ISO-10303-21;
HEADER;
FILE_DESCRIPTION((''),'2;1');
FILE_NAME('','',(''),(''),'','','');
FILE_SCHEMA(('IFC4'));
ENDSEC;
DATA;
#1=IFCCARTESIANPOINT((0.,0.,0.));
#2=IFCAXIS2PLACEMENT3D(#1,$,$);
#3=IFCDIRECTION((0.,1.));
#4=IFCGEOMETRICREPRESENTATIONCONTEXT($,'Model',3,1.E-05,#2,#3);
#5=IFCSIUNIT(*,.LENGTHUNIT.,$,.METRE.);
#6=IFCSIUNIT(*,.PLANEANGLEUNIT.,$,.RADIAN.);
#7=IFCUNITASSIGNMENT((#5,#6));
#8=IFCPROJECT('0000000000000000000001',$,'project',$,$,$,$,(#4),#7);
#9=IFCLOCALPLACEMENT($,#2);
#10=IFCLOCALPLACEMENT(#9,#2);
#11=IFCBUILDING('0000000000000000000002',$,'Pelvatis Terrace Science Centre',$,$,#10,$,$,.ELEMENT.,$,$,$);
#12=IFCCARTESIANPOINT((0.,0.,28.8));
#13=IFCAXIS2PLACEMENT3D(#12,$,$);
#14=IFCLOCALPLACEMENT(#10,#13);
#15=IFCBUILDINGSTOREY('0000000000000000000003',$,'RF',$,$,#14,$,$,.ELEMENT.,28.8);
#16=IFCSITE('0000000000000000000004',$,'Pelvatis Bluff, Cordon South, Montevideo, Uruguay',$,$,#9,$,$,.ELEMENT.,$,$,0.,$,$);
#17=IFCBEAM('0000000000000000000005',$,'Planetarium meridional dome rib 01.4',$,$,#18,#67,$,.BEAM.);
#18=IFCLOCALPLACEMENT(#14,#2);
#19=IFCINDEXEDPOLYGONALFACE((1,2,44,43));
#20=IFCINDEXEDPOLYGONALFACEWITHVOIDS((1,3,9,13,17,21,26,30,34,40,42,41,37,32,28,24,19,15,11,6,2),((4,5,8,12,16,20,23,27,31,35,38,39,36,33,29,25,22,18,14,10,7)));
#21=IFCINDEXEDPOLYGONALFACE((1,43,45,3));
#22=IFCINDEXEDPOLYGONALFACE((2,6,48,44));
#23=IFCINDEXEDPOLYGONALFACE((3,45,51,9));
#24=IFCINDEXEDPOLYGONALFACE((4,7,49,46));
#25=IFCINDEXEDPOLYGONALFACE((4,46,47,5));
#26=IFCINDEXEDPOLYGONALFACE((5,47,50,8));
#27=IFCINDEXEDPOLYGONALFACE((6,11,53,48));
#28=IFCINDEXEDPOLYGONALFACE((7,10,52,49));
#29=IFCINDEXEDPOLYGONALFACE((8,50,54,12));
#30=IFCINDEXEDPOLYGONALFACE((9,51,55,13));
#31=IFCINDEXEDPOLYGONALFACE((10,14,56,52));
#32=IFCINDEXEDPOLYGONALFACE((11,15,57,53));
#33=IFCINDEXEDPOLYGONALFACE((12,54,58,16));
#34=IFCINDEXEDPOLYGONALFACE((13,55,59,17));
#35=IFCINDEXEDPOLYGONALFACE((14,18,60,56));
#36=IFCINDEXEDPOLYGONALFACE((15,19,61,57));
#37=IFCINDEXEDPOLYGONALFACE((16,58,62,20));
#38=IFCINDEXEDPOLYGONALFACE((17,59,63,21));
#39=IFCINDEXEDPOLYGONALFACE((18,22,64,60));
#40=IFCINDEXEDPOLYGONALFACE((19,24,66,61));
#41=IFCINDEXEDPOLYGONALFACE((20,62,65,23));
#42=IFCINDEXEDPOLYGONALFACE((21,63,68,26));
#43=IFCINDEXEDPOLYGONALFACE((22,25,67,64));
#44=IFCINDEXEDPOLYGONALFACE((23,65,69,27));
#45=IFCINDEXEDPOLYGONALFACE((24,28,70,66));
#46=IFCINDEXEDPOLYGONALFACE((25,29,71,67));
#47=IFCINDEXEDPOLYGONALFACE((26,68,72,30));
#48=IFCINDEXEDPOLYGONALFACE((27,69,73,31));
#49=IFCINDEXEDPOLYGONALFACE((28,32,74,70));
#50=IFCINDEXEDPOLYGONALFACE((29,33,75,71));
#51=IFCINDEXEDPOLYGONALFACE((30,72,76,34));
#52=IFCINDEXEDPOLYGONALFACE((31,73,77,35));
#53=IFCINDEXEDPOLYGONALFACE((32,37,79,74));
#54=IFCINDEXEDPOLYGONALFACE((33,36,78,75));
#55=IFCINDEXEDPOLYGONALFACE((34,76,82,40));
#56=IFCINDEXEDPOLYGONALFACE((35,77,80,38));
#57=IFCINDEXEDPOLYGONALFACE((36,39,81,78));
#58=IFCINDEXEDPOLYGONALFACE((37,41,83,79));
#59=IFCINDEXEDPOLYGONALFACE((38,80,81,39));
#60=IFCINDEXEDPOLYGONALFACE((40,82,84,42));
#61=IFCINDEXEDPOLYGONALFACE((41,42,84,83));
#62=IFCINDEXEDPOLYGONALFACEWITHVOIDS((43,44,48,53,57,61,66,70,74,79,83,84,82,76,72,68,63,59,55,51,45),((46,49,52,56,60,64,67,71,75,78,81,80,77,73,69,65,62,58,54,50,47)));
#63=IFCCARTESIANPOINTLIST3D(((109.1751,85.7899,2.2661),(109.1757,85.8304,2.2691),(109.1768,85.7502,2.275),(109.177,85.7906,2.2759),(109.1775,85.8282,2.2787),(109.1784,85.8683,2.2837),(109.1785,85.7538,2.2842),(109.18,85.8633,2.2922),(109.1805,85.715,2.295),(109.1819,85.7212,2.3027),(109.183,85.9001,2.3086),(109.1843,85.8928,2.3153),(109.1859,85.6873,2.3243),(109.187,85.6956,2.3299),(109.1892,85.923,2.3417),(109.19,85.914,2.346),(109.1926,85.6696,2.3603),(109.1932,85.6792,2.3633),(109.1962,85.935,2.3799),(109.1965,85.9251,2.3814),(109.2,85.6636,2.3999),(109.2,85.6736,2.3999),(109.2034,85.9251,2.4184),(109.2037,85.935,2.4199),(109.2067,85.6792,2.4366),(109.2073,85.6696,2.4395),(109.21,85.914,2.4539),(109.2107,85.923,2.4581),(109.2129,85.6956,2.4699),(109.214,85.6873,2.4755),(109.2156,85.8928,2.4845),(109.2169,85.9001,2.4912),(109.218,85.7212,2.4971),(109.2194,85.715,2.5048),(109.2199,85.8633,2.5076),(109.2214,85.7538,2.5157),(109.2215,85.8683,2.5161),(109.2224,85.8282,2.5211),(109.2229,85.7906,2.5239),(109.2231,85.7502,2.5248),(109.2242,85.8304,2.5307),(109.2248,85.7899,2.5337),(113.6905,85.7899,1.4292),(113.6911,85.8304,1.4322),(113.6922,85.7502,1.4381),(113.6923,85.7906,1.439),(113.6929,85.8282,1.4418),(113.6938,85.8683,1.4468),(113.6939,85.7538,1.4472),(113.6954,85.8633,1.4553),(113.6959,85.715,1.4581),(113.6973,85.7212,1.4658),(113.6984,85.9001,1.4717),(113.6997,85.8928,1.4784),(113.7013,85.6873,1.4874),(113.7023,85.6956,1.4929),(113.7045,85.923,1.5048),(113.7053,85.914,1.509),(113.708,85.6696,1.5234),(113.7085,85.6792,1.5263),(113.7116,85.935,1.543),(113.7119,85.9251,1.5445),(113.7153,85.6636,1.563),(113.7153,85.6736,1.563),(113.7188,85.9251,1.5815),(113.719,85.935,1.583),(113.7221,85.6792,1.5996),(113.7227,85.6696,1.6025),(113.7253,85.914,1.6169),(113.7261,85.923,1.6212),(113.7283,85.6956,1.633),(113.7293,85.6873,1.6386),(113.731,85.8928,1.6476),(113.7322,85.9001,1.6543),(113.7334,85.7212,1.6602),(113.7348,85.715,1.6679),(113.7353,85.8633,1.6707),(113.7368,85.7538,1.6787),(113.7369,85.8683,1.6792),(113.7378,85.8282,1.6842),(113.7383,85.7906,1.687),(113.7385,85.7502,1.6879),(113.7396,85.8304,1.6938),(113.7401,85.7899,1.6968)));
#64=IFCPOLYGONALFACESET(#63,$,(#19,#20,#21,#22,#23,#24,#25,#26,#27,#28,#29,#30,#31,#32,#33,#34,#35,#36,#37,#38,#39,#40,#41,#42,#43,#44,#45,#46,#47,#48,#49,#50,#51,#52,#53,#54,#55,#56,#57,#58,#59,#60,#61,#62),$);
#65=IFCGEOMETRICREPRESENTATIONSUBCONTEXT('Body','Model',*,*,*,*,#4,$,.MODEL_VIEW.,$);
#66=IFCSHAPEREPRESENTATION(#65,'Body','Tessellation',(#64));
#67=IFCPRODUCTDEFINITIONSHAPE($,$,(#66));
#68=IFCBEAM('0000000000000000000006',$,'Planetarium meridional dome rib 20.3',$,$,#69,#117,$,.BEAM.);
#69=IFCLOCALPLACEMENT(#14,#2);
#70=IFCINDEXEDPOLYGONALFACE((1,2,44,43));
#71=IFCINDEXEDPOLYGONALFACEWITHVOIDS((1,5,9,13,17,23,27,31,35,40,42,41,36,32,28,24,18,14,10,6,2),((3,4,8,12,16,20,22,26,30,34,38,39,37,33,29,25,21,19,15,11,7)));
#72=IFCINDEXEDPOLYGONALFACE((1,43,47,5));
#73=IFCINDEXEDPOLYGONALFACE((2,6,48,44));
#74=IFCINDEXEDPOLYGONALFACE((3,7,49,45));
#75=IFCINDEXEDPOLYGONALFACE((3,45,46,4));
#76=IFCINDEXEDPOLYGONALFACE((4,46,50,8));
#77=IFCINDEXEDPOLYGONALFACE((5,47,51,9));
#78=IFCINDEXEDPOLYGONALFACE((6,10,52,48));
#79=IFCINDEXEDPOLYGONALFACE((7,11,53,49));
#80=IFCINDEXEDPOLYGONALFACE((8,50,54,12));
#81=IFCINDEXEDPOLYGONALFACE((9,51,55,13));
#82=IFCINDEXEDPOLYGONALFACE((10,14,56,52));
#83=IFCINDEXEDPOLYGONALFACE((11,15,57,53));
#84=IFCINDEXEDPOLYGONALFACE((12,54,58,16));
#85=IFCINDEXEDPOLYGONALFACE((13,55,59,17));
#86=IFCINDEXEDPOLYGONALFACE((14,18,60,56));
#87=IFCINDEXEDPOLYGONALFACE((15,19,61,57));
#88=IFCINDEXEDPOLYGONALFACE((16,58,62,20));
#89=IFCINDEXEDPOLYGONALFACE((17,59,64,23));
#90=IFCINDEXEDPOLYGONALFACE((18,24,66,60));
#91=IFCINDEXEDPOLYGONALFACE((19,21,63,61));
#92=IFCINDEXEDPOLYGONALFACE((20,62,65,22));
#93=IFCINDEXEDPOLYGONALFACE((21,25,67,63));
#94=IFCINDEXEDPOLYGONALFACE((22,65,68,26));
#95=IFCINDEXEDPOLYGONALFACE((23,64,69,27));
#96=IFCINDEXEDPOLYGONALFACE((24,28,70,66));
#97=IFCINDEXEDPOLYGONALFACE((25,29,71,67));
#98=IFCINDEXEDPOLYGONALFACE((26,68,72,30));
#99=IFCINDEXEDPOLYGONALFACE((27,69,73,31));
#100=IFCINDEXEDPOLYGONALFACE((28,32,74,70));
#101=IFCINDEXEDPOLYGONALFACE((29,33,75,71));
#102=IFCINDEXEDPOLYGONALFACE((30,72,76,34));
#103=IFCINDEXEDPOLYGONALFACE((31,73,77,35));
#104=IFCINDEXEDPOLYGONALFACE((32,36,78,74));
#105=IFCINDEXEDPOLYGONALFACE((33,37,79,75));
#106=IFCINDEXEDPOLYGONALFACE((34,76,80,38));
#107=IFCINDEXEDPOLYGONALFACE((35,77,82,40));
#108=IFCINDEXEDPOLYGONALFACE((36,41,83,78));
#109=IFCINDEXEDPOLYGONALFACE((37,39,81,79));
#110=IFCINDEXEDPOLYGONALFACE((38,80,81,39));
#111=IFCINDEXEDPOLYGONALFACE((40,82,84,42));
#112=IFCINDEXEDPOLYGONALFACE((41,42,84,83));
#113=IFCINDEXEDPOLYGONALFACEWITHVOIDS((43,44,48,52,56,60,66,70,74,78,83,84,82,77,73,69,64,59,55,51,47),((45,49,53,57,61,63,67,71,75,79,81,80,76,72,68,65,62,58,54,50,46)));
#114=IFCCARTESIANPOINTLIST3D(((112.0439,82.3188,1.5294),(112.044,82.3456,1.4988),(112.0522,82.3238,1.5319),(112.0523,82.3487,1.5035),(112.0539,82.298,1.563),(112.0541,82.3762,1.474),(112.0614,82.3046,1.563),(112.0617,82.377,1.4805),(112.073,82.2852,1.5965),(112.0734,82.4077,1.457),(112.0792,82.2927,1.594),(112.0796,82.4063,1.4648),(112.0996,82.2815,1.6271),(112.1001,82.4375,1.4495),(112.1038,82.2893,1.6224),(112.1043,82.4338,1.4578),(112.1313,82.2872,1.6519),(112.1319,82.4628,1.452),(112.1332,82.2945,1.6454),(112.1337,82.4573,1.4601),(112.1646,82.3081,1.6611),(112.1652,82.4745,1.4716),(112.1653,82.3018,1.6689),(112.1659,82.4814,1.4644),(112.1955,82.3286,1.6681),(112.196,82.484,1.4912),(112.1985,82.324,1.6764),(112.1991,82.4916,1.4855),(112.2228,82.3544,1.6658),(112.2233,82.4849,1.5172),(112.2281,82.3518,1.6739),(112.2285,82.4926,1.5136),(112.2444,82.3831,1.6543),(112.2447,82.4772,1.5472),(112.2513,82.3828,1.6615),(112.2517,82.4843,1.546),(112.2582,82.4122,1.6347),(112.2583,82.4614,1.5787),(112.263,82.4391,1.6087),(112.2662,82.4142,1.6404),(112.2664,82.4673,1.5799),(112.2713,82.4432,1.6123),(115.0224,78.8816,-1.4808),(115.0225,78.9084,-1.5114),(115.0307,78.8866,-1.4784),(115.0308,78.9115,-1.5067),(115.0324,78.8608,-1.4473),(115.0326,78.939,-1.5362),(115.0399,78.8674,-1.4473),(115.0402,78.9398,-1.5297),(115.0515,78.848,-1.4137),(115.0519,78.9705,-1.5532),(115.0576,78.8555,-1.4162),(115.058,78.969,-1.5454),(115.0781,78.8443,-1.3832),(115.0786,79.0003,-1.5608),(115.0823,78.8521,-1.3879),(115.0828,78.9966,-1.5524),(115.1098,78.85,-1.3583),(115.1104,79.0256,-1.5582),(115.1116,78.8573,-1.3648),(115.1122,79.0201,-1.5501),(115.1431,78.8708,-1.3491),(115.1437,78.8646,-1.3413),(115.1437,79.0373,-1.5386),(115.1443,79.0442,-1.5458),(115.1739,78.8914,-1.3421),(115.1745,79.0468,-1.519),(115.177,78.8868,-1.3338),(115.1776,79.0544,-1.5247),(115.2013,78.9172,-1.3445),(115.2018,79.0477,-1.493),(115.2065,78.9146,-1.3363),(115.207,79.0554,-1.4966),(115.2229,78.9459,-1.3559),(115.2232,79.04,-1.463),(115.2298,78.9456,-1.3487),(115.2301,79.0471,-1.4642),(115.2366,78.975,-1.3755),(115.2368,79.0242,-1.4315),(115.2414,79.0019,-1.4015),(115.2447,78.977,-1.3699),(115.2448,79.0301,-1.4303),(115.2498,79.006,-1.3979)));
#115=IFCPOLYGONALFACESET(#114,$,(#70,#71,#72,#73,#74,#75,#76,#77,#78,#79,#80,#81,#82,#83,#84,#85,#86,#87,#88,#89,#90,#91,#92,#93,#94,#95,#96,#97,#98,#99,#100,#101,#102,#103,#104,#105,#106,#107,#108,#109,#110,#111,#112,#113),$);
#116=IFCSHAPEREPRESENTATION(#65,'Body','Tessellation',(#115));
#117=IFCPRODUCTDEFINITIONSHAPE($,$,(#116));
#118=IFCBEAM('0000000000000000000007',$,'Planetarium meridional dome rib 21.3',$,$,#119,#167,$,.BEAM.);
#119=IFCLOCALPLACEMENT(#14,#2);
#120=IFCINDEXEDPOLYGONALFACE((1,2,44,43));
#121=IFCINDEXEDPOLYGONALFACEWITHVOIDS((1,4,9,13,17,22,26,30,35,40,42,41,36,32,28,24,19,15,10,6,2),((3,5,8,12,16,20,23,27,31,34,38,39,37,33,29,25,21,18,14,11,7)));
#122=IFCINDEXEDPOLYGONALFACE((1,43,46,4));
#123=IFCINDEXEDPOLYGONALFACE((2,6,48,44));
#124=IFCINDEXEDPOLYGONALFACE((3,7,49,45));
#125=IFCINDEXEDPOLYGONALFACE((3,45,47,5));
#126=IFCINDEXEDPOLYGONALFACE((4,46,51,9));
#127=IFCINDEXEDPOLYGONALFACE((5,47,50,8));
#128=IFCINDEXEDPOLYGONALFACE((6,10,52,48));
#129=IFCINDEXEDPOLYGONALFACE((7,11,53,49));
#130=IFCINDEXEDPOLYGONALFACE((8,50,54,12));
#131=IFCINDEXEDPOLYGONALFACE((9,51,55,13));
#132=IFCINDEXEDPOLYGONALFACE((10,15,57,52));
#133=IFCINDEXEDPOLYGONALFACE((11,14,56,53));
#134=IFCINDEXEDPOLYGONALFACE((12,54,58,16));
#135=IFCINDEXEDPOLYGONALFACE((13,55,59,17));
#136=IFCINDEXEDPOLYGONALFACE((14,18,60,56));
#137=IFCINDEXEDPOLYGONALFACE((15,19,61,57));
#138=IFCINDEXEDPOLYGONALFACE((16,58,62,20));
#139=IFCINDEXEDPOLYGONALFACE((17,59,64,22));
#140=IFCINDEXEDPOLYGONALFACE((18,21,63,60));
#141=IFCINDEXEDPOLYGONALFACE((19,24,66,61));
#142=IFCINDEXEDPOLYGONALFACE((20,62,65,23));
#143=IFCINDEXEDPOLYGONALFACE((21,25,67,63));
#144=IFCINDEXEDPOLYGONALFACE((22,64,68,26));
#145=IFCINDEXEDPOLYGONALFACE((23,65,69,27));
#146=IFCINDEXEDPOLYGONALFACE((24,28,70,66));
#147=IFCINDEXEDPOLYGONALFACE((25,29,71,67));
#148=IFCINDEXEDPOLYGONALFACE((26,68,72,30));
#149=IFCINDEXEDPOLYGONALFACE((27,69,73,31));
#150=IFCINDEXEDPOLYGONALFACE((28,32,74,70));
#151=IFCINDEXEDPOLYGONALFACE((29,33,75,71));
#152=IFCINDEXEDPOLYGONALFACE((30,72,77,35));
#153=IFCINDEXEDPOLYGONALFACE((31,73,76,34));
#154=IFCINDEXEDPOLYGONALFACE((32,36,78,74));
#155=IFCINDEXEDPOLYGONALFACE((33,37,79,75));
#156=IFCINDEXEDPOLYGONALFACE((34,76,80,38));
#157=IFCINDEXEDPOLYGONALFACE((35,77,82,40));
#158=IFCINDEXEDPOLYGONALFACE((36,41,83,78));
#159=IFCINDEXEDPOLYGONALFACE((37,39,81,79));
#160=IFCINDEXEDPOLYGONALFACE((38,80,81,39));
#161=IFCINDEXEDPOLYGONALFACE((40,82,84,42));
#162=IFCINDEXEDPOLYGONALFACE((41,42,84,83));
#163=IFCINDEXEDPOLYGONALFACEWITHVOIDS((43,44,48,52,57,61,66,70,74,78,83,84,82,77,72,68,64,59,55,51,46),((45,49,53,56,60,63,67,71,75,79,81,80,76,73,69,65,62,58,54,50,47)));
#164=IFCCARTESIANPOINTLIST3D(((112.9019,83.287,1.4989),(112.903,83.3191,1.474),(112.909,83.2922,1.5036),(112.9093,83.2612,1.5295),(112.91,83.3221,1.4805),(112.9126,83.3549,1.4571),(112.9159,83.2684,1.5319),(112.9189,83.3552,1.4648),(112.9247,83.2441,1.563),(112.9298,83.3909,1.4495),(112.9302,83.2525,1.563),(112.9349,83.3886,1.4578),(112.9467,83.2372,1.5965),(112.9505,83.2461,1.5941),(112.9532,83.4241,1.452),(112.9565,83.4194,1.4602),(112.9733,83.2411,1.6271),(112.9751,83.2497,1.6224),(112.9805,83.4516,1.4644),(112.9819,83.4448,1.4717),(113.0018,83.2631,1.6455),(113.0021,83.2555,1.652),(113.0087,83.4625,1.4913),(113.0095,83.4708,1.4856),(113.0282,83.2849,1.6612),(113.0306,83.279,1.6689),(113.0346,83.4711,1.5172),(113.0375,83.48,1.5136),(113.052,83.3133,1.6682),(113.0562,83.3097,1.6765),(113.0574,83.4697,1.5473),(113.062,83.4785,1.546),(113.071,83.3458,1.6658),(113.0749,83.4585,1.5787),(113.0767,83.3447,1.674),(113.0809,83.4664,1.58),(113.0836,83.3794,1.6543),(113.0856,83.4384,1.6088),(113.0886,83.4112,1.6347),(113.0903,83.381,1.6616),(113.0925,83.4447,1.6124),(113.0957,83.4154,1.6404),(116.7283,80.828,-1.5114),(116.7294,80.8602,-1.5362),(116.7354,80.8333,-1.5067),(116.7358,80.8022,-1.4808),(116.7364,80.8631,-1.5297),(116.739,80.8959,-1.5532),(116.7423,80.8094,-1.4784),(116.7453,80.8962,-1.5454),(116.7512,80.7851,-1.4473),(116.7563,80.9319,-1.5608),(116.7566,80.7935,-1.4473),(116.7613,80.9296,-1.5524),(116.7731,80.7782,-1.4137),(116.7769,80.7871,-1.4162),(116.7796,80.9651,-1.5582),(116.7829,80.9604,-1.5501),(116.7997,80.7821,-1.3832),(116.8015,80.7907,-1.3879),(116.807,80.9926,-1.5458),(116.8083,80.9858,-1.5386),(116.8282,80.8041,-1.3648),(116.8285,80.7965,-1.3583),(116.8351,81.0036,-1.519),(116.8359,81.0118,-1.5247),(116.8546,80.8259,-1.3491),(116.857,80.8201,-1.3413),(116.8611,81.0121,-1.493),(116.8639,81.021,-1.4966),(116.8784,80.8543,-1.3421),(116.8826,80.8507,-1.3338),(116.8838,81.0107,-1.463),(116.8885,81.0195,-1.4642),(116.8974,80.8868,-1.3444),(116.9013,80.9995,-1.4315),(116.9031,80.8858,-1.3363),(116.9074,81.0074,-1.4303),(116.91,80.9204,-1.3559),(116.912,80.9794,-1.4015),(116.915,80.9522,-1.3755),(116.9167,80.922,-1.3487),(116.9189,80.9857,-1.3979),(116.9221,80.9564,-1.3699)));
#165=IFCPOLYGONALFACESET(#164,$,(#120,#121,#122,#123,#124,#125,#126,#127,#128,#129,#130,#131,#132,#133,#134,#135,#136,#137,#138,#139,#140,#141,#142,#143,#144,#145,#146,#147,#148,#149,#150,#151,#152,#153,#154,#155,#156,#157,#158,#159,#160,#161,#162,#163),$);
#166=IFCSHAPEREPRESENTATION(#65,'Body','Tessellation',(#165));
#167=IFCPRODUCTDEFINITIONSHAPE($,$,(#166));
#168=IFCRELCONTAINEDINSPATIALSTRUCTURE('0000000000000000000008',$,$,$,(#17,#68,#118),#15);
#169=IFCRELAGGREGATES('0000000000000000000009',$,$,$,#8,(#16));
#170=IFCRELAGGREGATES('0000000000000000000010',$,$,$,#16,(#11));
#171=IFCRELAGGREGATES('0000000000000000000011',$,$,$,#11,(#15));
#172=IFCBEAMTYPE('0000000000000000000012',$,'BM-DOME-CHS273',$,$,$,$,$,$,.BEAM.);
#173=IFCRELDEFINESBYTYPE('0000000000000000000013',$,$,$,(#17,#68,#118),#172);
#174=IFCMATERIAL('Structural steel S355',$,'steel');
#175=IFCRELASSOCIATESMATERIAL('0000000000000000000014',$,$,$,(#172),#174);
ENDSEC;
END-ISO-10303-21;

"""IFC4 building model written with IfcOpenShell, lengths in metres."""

from ifc_helpers import new_model, si_unit, direction, frame, origin, origin_2d, place, context, subcontext, project, spatial, hollow_circle, extrude, material, material_profile, profile_set, type_object, element, save


model = new_model("IFC4")

# Units and contexts
model_context = context("Model", 3, precision=1e-05, world=origin(), true_north=direction((0.0, 1.0)))
body_context = subcontext(model_context, "Body", "Model", "MODEL_VIEW")
ifc_project = project(units=[si_unit("LENGTHUNIT", "METRE"), si_unit("PLANEANGLEUNIT", "RADIAN")], contexts=[model_context])

# Site, building, storey
site_placement = place(None, origin())
site = spatial("IfcSite", under=ifc_project, at=site_placement, Name="Pelvatis Bluff, Cordon South, Montevideo, Uruguay", CompositionType="ELEMENT", RefElevation=0.0)
building_placement = place(site_placement, origin())
building = spatial("IfcBuilding", under=site, at=building_placement, Name="Pelvatis Terrace Science Centre", CompositionType="ELEMENT")
storey_placement = place(building_placement, frame((0.0, 0.0, 28.8)))
storey = spatial("IfcBuildingStorey", under=building, at=storey_placement, Name="RF", CompositionType="ELEMENT", Elevation=28.8)

# Beams
ifc_material_1 = material(Name="Structural steel S355", Category="steel")
ifc_material_profile_1 = material_profile(ifc_material_1, hollow_circle(Radius=0.1365, WallThickness=0.01, at=origin_2d()), Name="CHS 273.0x10.0")
ifc_profile_set_1 = profile_set([ifc_material_profile_1], Name="Structural steel S355")
beam_type_1 = type_object("IfcBeamType", Name="BM-DOME-CHS273", PredefinedType="BEAM", material=ifc_profile_set_1)
beam_1_placement = place(storey_placement, frame((113.7153, 85.8, 1.563), z_axis=(-0.983253, 0.0, 0.182243), x_axis=(0.0, -1.0, 0.0)))
element("IfcBeam", 1, at=beam_1_placement, inside=storey, type_object=beam_type_1, Name="Planetarium meridional dome rib 01.4", PredefinedType="BEAM", context=body_context, shape_type="SweptSolid", body=[
    extrude(hollow_circle(Radius=0.1365, WallThickness=0.01, at=origin_2d()), origin(), (0.0, 0.0, 1.0), 4.5923),
])
beam_2_placement = place(storey_placement, frame((115.1355, 78.9502, -1.4473), z_axis=(-0.546099, 0.630208, 0.551918), x_axis=(-0.755737, -0.654875, 0.0)))
element("IfcBeam", 2, at=beam_2_placement, inside=storey, type_object=beam_type_1, Name="Planetarium meridional dome rib 20.3", PredefinedType="BEAM", context=body_context, shape_type="SweptSolid", body=[
    extrude(hollow_circle(Radius=0.1365, WallThickness=0.01, at=origin_2d()), origin(), (0.0, 0.0, 1.0), 5.4541),
])
beam_3_placement = place(storey_placement, frame((116.825, 80.8999, -1.4473), z_axis=(-0.701538, 0.450832, 0.551902), x_axis=(-0.540625, -0.841264, 0.0)))
element("IfcBeam", 3, at=beam_3_placement, inside=storey, type_object=beam_type_1, Name="Planetarium meridional dome rib 21.3", PredefinedType="BEAM", context=body_context, shape_type="SweptSolid", body=[
    extrude(hollow_circle(Radius=0.1365, WallThickness=0.01, at=origin_2d()), origin(), (0.0, 0.0, 1.0), 5.4543),
])

save(model, "model.ifc")
